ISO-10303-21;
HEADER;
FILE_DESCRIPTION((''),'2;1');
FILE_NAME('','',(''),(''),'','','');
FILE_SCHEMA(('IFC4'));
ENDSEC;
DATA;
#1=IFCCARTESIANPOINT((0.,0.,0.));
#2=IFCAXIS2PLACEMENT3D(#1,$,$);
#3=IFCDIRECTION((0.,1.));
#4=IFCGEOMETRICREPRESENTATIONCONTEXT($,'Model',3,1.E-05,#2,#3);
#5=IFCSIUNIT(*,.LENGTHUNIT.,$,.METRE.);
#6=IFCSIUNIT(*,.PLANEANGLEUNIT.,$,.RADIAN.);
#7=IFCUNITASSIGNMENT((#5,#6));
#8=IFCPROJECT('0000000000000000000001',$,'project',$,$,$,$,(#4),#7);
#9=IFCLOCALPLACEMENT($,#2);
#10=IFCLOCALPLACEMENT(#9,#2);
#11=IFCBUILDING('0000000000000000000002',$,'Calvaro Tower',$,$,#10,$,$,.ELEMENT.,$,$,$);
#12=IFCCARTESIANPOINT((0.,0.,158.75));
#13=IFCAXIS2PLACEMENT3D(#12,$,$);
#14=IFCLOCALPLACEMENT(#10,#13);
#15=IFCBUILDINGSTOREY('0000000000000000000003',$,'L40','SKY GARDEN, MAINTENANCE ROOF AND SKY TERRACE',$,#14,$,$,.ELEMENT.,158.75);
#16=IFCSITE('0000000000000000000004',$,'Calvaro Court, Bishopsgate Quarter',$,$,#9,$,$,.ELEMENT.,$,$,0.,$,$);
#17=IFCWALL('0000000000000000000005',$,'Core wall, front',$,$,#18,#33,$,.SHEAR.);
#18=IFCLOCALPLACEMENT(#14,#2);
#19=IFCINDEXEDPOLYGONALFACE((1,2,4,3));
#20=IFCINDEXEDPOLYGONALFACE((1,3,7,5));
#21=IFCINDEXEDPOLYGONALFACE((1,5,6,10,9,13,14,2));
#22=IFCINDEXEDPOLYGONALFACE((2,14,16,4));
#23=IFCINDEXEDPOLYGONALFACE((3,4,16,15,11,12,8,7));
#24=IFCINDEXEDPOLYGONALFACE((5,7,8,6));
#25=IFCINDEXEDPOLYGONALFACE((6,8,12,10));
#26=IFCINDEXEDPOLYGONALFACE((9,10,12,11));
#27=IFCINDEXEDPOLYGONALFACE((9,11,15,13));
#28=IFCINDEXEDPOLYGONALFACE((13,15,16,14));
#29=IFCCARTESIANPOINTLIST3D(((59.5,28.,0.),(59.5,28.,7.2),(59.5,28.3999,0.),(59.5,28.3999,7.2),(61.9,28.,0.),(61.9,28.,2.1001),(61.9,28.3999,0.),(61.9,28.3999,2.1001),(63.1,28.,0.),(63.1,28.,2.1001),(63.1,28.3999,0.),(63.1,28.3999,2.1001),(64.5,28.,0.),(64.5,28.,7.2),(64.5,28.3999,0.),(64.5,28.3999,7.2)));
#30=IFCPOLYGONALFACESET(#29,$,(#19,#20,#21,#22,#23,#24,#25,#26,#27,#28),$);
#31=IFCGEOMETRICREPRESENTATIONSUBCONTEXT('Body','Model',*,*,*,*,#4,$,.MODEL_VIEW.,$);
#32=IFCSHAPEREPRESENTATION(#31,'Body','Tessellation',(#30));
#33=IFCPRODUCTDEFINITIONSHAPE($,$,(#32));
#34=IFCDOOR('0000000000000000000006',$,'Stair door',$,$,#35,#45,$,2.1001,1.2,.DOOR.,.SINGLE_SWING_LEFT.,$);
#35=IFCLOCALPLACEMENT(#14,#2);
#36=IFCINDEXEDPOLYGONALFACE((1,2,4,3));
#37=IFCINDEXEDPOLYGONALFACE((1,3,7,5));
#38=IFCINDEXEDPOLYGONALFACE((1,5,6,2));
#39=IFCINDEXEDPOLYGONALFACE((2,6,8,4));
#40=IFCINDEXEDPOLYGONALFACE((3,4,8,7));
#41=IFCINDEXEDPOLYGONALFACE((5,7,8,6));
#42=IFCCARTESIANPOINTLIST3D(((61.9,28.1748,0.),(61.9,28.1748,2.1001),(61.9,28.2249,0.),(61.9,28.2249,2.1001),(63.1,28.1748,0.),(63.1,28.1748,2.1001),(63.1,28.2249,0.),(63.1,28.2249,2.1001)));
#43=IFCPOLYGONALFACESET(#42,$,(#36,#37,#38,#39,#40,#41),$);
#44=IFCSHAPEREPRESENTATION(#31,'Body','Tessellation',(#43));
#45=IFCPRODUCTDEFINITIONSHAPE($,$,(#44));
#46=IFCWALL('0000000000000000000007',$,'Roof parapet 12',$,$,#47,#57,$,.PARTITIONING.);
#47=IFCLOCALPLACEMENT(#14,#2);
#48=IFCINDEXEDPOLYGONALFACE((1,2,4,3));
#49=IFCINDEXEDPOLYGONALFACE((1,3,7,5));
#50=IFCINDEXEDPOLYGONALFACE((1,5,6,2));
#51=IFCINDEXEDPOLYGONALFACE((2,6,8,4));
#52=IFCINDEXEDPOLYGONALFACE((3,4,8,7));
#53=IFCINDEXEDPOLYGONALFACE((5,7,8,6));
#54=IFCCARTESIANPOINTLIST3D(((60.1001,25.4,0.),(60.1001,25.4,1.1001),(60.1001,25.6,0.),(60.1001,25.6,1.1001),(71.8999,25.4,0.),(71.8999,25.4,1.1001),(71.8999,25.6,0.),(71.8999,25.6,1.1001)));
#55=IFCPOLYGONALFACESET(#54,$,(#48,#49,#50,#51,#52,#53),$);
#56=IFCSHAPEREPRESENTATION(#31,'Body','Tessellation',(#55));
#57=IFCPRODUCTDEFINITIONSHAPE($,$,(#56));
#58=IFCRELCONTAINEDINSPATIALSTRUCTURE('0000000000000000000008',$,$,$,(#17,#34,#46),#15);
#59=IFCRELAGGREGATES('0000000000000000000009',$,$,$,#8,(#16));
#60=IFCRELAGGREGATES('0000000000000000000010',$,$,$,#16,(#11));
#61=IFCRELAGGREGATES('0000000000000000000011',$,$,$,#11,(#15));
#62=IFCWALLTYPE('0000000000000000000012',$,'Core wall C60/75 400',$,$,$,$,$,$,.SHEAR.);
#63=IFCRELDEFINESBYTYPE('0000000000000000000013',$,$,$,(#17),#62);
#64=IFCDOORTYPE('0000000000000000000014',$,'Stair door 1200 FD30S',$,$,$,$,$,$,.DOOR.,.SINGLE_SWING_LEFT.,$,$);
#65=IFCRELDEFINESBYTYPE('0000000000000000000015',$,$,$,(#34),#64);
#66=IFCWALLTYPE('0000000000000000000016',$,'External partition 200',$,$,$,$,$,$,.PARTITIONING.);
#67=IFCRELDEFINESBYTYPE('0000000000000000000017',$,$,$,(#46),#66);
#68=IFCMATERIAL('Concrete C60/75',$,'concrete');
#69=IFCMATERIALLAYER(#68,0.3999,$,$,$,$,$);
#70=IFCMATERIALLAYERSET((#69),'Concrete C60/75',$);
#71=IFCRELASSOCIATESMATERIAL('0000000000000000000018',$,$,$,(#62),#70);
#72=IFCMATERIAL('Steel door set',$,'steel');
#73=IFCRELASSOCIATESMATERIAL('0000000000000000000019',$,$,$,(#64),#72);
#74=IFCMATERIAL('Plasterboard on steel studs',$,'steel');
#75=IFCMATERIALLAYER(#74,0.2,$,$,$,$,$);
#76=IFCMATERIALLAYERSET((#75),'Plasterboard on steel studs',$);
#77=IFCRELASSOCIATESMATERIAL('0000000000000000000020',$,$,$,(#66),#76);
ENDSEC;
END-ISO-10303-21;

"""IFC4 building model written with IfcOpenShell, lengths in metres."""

from ifc_helpers import new_model, si_unit, direction, frame, frame_2d, origin, place, context, subcontext, project, spatial, rectangle, extrude, material, layer, layer_set, type_object, element, fill, save


model = new_model("IFC4")

# Units and contexts
model_context = context("Model", 3, precision=1e-05, world=origin(), true_north=direction((0.0, 1.0)))
body_context = subcontext(model_context, "Body", "Model", "MODEL_VIEW")
ifc_project = project(units=[si_unit("LENGTHUNIT", "METRE"), si_unit("PLANEANGLEUNIT", "RADIAN")], contexts=[model_context])

# Site, building, storey
site_placement = place(None, origin())
site = spatial("IfcSite", under=ifc_project, at=site_placement, Name="Calvaro Court, Bishopsgate Quarter", CompositionType="ELEMENT", RefElevation=0.0)
building_placement = place(site_placement, origin())
building = spatial("IfcBuilding", under=site, at=building_placement, Name="Calvaro Tower", CompositionType="ELEMENT")
storey_placement = place(building_placement, frame((0.0, 0.0, 158.75)))
storey = spatial("IfcBuildingStorey", under=building, at=storey_placement, Name="L40", Description="SKY GARDEN, MAINTENANCE ROOF AND SKY TERRACE", CompositionType="ELEMENT", Elevation=158.75)

# Shared definitions
ifc_material_1 = material(Name="Concrete C60/75", Category="concrete")
ifc_layer_1 = layer(ifc_material_1, 0.3999)
ifc_layer_set_1 = layer_set([ifc_layer_1], Name="Concrete C60/75")
wall_type_1 = type_object("IfcWallType", Name="Core wall C60/75 400", PredefinedType="SHEAR", material=ifc_layer_set_1)
ifc_material_2 = material(Name="Steel door set", Category="steel")
door_type_1 = type_object("IfcDoorType", Name="Stair door 1200 FD30S", OperationType="SINGLE_SWING_LEFT", PredefinedType="DOOR", material=ifc_material_2)

# Wall, opening, door
wall_1_placement = place(storey_placement, frame((59.5, 28.2, 0.0), z_axis=(0.0, 0.0, 1.0), x_axis=(1.0, 0.0, 0.0)))
wall_1 = element("IfcWall", 1, at=wall_1_placement, inside=storey, type_object=wall_type_1, Name="Core wall, front", PredefinedType="SHEAR", context=body_context, shape_type="SweptSolid", body=[
    extrude(rectangle(XDim=5.0, YDim=0.3999, at=frame_2d((2.5, 0.0))), origin(), (0.0, 0.0, 1.0), 7.2),
])
opening_1_placement = place(wall_1_placement, frame((2.3999, 0.0, 0.0)))
opening_1 = element("IfcOpeningElement", 2, at=opening_1_placement, cuts=wall_1, PredefinedType="OPENING", context=body_context, shape_type="SweptSolid", body=[
    extrude(rectangle(XDim=1.2, YDim=2.1001, at=frame_2d((0.6001, 1.05))), frame((0.0, 0.21, 0.0), z_axis=(0.0, -1.0, 0.0), x_axis=(1.0, 0.0, 0.0)), (0.0, 0.0, 1.0), 0.4199),
])
door_1_placement = place(opening_1_placement, origin())
door_1 = element("IfcDoor", 3, at=door_1_placement, inside=storey, type_object=door_type_1, Name="Stair door", OperationType="SINGLE_SWING_LEFT", OverallHeight=2.1001, OverallWidth=1.2, PredefinedType="DOOR", context=body_context, shape_type="SweptSolid", body=[
    extrude(rectangle(XDim=1.2, YDim=2.1001, at=frame_2d((0.6001, 1.05))), frame((0.0, 0.0249, 0.0), z_axis=(0.0, -1.0, 0.0), x_axis=(1.0, 0.0, 0.0)), (0.0, 0.0, 1.0), 0.05),
])
fill(opening_1, door_1)

# Wall
ifc_material_3 = material(Name="Plasterboard on steel studs", Category="steel")
ifc_layer_2 = layer(ifc_material_3, 0.2)
ifc_layer_set_2 = layer_set([ifc_layer_2], Name="Plasterboard on steel studs")
wall_type_2 = type_object("IfcWallType", Name="External partition 200", PredefinedType="PARTITIONING", material=ifc_layer_set_2)
wall_2_placement = place(storey_placement, frame((60.1001, 25.5, 0.0), z_axis=(0.0, 0.0, 1.0), x_axis=(1.0, 0.0, 0.0)))
element("IfcWall", 4, at=wall_2_placement, inside=storey, type_object=wall_type_2, Name="Roof parapet 12", PredefinedType="PARTITIONING", context=body_context, shape_type="SweptSolid", body=[
    extrude(rectangle(XDim=11.7998, YDim=0.2, at=frame_2d((5.8999, 0.0))), origin(), (0.0, 0.0, 1.0), 1.1001),
])

save(model, "model.ifc")
